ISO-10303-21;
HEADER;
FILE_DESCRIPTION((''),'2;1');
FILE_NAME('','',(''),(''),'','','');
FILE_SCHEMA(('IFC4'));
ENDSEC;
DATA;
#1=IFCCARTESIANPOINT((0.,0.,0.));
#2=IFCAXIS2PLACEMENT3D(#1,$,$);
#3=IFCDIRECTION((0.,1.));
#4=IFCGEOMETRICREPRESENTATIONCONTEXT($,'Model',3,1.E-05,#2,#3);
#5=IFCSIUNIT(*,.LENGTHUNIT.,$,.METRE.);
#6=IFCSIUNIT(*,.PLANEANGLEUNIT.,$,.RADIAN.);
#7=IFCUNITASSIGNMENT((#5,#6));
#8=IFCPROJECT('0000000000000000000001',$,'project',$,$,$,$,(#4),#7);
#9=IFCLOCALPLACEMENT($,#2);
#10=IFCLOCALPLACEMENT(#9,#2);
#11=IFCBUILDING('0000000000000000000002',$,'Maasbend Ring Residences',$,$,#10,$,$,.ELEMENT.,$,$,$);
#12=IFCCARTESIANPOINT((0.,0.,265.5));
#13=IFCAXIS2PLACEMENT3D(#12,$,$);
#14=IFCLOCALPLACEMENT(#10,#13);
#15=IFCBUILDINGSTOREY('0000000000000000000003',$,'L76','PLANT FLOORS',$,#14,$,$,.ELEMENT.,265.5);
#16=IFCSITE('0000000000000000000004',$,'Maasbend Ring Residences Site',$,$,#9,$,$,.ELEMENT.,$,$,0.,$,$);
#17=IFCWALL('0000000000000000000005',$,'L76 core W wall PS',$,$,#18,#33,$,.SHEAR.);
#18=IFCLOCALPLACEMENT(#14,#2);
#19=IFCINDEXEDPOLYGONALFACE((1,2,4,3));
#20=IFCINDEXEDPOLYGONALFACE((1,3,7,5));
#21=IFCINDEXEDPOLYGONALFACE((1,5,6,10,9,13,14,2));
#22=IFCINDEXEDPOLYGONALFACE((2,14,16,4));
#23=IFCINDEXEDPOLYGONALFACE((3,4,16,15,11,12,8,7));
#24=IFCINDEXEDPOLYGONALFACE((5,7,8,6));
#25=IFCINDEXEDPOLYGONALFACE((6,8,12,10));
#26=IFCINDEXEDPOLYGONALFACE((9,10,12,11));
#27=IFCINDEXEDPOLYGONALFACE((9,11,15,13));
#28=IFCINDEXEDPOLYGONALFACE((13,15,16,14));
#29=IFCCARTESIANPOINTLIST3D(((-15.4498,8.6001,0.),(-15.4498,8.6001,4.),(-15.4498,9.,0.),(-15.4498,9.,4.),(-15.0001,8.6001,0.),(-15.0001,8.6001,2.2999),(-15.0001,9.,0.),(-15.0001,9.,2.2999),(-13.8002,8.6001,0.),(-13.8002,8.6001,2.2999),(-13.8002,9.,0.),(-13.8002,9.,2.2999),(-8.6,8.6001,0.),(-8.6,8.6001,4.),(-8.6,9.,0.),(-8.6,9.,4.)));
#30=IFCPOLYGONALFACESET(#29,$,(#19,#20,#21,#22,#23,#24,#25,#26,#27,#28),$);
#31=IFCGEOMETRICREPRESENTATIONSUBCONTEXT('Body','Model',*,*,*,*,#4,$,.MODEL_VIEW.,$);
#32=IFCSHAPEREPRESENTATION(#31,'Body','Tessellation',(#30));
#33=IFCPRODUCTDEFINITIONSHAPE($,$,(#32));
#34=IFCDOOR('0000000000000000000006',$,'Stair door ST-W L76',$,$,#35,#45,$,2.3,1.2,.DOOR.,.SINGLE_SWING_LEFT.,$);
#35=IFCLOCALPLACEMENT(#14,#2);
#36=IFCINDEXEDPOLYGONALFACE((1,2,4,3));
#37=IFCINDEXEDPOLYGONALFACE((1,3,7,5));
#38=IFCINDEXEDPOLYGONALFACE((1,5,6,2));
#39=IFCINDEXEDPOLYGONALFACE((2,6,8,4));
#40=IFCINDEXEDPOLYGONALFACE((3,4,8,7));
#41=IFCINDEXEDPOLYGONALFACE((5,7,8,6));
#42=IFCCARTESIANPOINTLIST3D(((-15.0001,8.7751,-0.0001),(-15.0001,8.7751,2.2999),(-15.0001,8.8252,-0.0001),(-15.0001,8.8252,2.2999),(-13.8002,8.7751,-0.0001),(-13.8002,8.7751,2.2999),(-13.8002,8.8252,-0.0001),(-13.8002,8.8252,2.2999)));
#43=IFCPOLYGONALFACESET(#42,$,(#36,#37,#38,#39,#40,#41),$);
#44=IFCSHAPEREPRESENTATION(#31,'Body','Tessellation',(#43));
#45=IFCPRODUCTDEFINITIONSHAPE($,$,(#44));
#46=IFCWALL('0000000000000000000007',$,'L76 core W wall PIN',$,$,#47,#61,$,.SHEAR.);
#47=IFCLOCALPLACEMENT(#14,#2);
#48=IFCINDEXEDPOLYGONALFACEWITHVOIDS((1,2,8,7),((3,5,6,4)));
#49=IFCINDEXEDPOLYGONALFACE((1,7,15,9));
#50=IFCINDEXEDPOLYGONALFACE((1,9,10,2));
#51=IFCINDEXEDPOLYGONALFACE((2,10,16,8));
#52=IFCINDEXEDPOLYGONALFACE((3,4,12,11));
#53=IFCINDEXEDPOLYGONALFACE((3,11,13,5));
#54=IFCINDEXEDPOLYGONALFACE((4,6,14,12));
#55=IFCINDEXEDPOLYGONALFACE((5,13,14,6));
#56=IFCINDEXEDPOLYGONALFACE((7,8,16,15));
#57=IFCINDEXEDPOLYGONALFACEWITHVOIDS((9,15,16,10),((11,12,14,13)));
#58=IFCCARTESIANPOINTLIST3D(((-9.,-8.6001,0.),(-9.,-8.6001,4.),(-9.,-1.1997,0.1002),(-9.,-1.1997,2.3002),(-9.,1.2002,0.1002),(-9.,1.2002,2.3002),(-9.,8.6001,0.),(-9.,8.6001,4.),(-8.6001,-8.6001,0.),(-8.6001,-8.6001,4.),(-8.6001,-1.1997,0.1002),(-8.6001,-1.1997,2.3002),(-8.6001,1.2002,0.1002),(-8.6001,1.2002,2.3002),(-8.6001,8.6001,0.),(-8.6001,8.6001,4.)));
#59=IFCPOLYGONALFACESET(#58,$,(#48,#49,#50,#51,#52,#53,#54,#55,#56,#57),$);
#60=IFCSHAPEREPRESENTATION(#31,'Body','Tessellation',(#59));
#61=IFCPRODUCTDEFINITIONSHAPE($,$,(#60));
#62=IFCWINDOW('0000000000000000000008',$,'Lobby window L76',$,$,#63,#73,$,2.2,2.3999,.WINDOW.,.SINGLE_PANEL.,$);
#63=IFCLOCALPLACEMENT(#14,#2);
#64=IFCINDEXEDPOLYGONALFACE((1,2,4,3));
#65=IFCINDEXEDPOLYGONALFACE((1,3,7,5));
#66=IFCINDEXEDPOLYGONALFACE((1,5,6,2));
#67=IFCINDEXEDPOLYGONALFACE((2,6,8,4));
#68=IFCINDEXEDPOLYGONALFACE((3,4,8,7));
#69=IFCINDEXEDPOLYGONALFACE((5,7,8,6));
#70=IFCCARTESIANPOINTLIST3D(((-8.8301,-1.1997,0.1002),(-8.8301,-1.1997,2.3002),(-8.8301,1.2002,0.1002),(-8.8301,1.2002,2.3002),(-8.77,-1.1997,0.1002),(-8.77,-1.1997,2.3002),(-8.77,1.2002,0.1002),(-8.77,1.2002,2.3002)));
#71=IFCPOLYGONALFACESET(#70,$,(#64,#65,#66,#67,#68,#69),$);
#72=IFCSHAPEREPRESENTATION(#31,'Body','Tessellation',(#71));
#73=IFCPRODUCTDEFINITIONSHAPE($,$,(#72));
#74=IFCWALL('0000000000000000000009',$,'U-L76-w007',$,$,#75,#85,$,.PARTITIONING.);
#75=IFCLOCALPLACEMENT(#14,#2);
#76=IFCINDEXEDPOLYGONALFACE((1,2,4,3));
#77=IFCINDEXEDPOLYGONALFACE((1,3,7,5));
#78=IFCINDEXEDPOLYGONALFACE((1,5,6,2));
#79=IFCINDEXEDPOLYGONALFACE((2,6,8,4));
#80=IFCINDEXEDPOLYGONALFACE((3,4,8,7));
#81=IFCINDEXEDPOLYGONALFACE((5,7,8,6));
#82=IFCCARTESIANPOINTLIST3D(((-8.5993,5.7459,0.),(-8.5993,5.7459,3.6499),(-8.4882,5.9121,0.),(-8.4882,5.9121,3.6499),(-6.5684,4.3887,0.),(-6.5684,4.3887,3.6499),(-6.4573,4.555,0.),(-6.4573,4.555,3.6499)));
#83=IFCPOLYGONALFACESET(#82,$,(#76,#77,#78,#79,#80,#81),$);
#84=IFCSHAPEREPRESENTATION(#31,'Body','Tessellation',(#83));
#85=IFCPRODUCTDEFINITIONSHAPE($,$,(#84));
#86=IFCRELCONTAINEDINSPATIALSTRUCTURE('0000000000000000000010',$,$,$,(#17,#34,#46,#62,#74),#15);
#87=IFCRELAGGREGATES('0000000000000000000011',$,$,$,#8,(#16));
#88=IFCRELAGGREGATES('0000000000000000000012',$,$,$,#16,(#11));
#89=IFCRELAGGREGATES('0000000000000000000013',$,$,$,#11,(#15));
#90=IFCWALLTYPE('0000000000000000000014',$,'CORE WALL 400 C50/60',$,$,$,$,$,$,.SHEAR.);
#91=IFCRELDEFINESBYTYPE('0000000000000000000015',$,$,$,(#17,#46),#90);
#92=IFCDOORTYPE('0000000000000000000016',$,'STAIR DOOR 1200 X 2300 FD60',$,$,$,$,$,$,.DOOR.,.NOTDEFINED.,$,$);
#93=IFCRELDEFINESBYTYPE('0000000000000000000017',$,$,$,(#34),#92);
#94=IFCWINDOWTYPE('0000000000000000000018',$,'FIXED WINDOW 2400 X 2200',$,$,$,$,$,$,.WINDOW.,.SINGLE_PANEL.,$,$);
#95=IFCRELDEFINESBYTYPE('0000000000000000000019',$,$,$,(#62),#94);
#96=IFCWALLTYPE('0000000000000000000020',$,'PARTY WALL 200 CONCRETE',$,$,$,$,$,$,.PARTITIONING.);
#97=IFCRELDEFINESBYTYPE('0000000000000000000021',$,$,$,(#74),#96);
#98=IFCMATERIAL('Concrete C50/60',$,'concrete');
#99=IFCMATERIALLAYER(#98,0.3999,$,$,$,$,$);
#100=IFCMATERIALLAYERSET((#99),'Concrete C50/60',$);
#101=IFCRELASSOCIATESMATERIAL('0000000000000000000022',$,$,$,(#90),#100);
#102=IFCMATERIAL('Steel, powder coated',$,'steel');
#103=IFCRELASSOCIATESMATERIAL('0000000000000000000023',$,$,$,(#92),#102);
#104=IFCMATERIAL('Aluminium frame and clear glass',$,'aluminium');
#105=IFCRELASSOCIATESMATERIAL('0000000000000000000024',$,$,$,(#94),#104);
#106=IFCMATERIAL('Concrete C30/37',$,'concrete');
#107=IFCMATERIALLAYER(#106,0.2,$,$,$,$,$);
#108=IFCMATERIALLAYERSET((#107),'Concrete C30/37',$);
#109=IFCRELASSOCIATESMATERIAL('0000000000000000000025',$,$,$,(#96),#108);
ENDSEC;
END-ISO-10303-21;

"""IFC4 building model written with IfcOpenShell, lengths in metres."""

from ifc_helpers import new_model, si_unit, direction, frame, frame_2d, origin, place, context, subcontext, project, spatial, rectangle, extrude, material, layer, layer_set, type_object, element, fill, save


model = new_model("IFC4")

# Units and contexts
model_context = context("Model", 3, precision=1e-05, world=origin(), true_north=direction((0.0, 1.0)))
body_context = subcontext(model_context, "Body", "Model", "MODEL_VIEW")
ifc_project = project(units=[si_unit("LENGTHUNIT", "METRE"), si_unit("PLANEANGLEUNIT", "RADIAN")], contexts=[model_context])

# Site, building, storey
site_placement = place(None, origin())
site = spatial("IfcSite", under=ifc_project, at=site_placement, Name="Maasbend Ring Residences Site", CompositionType="ELEMENT", RefElevation=0.0)
building_placement = place(site_placement, origin())
building = spatial("IfcBuilding", under=site, at=building_placement, Name="Maasbend Ring Residences", CompositionType="ELEMENT")
storey_placement = place(building_placement, frame((0.0, 0.0, 265.5)))
storey = spatial("IfcBuildingStorey", under=building, at=storey_placement, Name="L76", Description="PLANT FLOORS", CompositionType="ELEMENT", Elevation=265.5)

# Wall, opening, door
ifc_material_1 = material(Name="Concrete C50/60", Category="concrete")
ifc_layer_1 = layer(ifc_material_1, 0.3999)
ifc_layer_set_1 = layer_set([ifc_layer_1], Name="Concrete C50/60")
wall_type_1 = type_object("IfcWallType", Name="CORE WALL 400 C50/60", PredefinedType="SHEAR", material=ifc_layer_set_1)
wall_1_placement = place(storey_placement, frame((-8.6001, 8.8, 0.0), z_axis=(0.0, 0.0, 1.0), x_axis=(-1.0, 0.0, 0.0)))
wall_1 = element("IfcWall", 1, at=wall_1_placement, inside=storey, type_object=wall_type_1, Name="L76 core W wall PS", PredefinedType="SHEAR", context=body_context, shape_type="SweptSolid", body=[
    extrude(rectangle(XDim=6.8499, YDim=0.3999, at=frame_2d((3.4248, 0.0))), origin(), (0.0, 0.0, 1.0), 4.0),
])
opening_1_placement = place(wall_1_placement, frame((5.2, 0.0, 0.0)))
opening_1 = element("IfcOpeningElement", 2, at=opening_1_placement, cuts=wall_1, PredefinedType="OPENING", context=body_context, shape_type="SweptSolid", body=[
    extrude(rectangle(XDim=1.2, YDim=2.3, at=frame_2d((0.6001, 1.1499))), frame((0.0, 0.21, 0.0), z_axis=(0.0, -1.0, 0.0), x_axis=(1.0, 0.0, 0.0)), (0.0, 0.0, 1.0), 0.4199),
])
ifc_material_2 = material(Name="Steel, powder coated", Category="steel")
door_type = type_object("IfcDoorType", Name="STAIR DOOR 1200 X 2300 FD60", OperationType="NOTDEFINED", PredefinedType="DOOR", material=ifc_material_2)
door_placement = place(opening_1_placement, origin())
door = element("IfcDoor", 3, at=door_placement, inside=storey, type_object=door_type, Name="Stair door ST-W L76", OperationType="SINGLE_SWING_LEFT", OverallHeight=2.3, OverallWidth=1.2, PredefinedType="DOOR", context=body_context, shape_type="SweptSolid", body=[
    extrude(rectangle(XDim=1.2, YDim=2.3, at=frame_2d((0.6001, 1.1499))), frame((0.0, 0.0249, 0.0), z_axis=(0.0, -1.0, 0.0), x_axis=(1.0, 0.0, 0.0)), (0.0, 0.0, 1.0), 0.05),
])
fill(opening_1, door)

# Wall, opening, window
wall_2_placement = place(storey_placement, frame((-8.8, 8.6001, 0.0), z_axis=(0.0, 0.0, 1.0), x_axis=(0.0, -1.0, 0.0)))
wall_2 = element("IfcWall", 4, at=wall_2_placement, inside=storey, type_object=wall_type_1, Name="L76 core W wall PIN", PredefinedType="SHEAR", context=body_context, shape_type="SweptSolid", body=[
    extrude(rectangle(XDim=17.2002, YDim=0.3999, at=frame_2d((8.6001, 0.0))), origin(), (0.0, 0.0, 1.0), 4.0),
])
opening_2_placement = place(wall_2_placement, frame((7.3999, 0.0, 0.1001)))
opening_2 = element("IfcOpeningElement", 5, at=opening_2_placement, cuts=wall_2, PredefinedType="OPENING", context=body_context, shape_type="SweptSolid", body=[
    extrude(rectangle(XDim=2.3999, YDim=2.2, at=frame_2d((1.2, 1.1001))), frame((0.0, 0.21, 0.0), z_axis=(0.0, -1.0, 0.0), x_axis=(1.0, 0.0, 0.0)), (0.0, 0.0, 1.0), 0.4199),
])
ifc_material_3 = material(Name="Aluminium frame and clear glass", Category="aluminium")
window_type = type_object("IfcWindowType", Name="FIXED WINDOW 2400 X 2200", PartitioningType="SINGLE_PANEL", PredefinedType="WINDOW", material=ifc_material_3)
window_placement = place(opening_2_placement, origin())
window = element("IfcWindow", 6, at=window_placement, inside=storey, type_object=window_type, Name="Lobby window L76", OverallHeight=2.2, OverallWidth=2.3999, PartitioningType="SINGLE_PANEL", PredefinedType="WINDOW", context=body_context, shape_type="SweptSolid", body=[
    extrude(rectangle(XDim=2.3999, YDim=2.2, at=frame_2d((1.2, 1.1001))), frame((0.0, 0.03, 0.0), z_axis=(0.0, -1.0, 0.0), x_axis=(1.0, 0.0, 0.0)), (0.0, 0.0, 1.0), 0.0601),
])
fill(opening_2, window)

# Wall
ifc_material_4 = material(Name="Concrete C30/37", Category="concrete")
ifc_layer_2 = layer(ifc_material_4, 0.2)
ifc_layer_set_2 = layer_set([ifc_layer_2], Name="Concrete C30/37")
wall_type_2 = type_object("IfcWallType", Name="PARTY WALL 200 CONCRETE", PredefinedType="PARTITIONING", material=ifc_layer_set_2)
wall_3_placement = place(storey_placement, frame((-6.5129, 4.4719, 0.0), z_axis=(0.0, 0.0, 1.0), x_axis=(-0.83145, 0.555599, 0.0)))
element("IfcWall", 7, at=wall_3_placement, inside=storey, type_object=wall_type_2, Name="U-L76-w007", PredefinedType="PARTITIONING", context=body_context, shape_type="SweptSolid", body=[
    extrude(rectangle(XDim=2.4426, YDim=0.2, at=frame_2d((1.2212, 0.0))), origin(), (0.0, 0.0, 1.0), 3.6499),
])

save(model, "model.ifc")
